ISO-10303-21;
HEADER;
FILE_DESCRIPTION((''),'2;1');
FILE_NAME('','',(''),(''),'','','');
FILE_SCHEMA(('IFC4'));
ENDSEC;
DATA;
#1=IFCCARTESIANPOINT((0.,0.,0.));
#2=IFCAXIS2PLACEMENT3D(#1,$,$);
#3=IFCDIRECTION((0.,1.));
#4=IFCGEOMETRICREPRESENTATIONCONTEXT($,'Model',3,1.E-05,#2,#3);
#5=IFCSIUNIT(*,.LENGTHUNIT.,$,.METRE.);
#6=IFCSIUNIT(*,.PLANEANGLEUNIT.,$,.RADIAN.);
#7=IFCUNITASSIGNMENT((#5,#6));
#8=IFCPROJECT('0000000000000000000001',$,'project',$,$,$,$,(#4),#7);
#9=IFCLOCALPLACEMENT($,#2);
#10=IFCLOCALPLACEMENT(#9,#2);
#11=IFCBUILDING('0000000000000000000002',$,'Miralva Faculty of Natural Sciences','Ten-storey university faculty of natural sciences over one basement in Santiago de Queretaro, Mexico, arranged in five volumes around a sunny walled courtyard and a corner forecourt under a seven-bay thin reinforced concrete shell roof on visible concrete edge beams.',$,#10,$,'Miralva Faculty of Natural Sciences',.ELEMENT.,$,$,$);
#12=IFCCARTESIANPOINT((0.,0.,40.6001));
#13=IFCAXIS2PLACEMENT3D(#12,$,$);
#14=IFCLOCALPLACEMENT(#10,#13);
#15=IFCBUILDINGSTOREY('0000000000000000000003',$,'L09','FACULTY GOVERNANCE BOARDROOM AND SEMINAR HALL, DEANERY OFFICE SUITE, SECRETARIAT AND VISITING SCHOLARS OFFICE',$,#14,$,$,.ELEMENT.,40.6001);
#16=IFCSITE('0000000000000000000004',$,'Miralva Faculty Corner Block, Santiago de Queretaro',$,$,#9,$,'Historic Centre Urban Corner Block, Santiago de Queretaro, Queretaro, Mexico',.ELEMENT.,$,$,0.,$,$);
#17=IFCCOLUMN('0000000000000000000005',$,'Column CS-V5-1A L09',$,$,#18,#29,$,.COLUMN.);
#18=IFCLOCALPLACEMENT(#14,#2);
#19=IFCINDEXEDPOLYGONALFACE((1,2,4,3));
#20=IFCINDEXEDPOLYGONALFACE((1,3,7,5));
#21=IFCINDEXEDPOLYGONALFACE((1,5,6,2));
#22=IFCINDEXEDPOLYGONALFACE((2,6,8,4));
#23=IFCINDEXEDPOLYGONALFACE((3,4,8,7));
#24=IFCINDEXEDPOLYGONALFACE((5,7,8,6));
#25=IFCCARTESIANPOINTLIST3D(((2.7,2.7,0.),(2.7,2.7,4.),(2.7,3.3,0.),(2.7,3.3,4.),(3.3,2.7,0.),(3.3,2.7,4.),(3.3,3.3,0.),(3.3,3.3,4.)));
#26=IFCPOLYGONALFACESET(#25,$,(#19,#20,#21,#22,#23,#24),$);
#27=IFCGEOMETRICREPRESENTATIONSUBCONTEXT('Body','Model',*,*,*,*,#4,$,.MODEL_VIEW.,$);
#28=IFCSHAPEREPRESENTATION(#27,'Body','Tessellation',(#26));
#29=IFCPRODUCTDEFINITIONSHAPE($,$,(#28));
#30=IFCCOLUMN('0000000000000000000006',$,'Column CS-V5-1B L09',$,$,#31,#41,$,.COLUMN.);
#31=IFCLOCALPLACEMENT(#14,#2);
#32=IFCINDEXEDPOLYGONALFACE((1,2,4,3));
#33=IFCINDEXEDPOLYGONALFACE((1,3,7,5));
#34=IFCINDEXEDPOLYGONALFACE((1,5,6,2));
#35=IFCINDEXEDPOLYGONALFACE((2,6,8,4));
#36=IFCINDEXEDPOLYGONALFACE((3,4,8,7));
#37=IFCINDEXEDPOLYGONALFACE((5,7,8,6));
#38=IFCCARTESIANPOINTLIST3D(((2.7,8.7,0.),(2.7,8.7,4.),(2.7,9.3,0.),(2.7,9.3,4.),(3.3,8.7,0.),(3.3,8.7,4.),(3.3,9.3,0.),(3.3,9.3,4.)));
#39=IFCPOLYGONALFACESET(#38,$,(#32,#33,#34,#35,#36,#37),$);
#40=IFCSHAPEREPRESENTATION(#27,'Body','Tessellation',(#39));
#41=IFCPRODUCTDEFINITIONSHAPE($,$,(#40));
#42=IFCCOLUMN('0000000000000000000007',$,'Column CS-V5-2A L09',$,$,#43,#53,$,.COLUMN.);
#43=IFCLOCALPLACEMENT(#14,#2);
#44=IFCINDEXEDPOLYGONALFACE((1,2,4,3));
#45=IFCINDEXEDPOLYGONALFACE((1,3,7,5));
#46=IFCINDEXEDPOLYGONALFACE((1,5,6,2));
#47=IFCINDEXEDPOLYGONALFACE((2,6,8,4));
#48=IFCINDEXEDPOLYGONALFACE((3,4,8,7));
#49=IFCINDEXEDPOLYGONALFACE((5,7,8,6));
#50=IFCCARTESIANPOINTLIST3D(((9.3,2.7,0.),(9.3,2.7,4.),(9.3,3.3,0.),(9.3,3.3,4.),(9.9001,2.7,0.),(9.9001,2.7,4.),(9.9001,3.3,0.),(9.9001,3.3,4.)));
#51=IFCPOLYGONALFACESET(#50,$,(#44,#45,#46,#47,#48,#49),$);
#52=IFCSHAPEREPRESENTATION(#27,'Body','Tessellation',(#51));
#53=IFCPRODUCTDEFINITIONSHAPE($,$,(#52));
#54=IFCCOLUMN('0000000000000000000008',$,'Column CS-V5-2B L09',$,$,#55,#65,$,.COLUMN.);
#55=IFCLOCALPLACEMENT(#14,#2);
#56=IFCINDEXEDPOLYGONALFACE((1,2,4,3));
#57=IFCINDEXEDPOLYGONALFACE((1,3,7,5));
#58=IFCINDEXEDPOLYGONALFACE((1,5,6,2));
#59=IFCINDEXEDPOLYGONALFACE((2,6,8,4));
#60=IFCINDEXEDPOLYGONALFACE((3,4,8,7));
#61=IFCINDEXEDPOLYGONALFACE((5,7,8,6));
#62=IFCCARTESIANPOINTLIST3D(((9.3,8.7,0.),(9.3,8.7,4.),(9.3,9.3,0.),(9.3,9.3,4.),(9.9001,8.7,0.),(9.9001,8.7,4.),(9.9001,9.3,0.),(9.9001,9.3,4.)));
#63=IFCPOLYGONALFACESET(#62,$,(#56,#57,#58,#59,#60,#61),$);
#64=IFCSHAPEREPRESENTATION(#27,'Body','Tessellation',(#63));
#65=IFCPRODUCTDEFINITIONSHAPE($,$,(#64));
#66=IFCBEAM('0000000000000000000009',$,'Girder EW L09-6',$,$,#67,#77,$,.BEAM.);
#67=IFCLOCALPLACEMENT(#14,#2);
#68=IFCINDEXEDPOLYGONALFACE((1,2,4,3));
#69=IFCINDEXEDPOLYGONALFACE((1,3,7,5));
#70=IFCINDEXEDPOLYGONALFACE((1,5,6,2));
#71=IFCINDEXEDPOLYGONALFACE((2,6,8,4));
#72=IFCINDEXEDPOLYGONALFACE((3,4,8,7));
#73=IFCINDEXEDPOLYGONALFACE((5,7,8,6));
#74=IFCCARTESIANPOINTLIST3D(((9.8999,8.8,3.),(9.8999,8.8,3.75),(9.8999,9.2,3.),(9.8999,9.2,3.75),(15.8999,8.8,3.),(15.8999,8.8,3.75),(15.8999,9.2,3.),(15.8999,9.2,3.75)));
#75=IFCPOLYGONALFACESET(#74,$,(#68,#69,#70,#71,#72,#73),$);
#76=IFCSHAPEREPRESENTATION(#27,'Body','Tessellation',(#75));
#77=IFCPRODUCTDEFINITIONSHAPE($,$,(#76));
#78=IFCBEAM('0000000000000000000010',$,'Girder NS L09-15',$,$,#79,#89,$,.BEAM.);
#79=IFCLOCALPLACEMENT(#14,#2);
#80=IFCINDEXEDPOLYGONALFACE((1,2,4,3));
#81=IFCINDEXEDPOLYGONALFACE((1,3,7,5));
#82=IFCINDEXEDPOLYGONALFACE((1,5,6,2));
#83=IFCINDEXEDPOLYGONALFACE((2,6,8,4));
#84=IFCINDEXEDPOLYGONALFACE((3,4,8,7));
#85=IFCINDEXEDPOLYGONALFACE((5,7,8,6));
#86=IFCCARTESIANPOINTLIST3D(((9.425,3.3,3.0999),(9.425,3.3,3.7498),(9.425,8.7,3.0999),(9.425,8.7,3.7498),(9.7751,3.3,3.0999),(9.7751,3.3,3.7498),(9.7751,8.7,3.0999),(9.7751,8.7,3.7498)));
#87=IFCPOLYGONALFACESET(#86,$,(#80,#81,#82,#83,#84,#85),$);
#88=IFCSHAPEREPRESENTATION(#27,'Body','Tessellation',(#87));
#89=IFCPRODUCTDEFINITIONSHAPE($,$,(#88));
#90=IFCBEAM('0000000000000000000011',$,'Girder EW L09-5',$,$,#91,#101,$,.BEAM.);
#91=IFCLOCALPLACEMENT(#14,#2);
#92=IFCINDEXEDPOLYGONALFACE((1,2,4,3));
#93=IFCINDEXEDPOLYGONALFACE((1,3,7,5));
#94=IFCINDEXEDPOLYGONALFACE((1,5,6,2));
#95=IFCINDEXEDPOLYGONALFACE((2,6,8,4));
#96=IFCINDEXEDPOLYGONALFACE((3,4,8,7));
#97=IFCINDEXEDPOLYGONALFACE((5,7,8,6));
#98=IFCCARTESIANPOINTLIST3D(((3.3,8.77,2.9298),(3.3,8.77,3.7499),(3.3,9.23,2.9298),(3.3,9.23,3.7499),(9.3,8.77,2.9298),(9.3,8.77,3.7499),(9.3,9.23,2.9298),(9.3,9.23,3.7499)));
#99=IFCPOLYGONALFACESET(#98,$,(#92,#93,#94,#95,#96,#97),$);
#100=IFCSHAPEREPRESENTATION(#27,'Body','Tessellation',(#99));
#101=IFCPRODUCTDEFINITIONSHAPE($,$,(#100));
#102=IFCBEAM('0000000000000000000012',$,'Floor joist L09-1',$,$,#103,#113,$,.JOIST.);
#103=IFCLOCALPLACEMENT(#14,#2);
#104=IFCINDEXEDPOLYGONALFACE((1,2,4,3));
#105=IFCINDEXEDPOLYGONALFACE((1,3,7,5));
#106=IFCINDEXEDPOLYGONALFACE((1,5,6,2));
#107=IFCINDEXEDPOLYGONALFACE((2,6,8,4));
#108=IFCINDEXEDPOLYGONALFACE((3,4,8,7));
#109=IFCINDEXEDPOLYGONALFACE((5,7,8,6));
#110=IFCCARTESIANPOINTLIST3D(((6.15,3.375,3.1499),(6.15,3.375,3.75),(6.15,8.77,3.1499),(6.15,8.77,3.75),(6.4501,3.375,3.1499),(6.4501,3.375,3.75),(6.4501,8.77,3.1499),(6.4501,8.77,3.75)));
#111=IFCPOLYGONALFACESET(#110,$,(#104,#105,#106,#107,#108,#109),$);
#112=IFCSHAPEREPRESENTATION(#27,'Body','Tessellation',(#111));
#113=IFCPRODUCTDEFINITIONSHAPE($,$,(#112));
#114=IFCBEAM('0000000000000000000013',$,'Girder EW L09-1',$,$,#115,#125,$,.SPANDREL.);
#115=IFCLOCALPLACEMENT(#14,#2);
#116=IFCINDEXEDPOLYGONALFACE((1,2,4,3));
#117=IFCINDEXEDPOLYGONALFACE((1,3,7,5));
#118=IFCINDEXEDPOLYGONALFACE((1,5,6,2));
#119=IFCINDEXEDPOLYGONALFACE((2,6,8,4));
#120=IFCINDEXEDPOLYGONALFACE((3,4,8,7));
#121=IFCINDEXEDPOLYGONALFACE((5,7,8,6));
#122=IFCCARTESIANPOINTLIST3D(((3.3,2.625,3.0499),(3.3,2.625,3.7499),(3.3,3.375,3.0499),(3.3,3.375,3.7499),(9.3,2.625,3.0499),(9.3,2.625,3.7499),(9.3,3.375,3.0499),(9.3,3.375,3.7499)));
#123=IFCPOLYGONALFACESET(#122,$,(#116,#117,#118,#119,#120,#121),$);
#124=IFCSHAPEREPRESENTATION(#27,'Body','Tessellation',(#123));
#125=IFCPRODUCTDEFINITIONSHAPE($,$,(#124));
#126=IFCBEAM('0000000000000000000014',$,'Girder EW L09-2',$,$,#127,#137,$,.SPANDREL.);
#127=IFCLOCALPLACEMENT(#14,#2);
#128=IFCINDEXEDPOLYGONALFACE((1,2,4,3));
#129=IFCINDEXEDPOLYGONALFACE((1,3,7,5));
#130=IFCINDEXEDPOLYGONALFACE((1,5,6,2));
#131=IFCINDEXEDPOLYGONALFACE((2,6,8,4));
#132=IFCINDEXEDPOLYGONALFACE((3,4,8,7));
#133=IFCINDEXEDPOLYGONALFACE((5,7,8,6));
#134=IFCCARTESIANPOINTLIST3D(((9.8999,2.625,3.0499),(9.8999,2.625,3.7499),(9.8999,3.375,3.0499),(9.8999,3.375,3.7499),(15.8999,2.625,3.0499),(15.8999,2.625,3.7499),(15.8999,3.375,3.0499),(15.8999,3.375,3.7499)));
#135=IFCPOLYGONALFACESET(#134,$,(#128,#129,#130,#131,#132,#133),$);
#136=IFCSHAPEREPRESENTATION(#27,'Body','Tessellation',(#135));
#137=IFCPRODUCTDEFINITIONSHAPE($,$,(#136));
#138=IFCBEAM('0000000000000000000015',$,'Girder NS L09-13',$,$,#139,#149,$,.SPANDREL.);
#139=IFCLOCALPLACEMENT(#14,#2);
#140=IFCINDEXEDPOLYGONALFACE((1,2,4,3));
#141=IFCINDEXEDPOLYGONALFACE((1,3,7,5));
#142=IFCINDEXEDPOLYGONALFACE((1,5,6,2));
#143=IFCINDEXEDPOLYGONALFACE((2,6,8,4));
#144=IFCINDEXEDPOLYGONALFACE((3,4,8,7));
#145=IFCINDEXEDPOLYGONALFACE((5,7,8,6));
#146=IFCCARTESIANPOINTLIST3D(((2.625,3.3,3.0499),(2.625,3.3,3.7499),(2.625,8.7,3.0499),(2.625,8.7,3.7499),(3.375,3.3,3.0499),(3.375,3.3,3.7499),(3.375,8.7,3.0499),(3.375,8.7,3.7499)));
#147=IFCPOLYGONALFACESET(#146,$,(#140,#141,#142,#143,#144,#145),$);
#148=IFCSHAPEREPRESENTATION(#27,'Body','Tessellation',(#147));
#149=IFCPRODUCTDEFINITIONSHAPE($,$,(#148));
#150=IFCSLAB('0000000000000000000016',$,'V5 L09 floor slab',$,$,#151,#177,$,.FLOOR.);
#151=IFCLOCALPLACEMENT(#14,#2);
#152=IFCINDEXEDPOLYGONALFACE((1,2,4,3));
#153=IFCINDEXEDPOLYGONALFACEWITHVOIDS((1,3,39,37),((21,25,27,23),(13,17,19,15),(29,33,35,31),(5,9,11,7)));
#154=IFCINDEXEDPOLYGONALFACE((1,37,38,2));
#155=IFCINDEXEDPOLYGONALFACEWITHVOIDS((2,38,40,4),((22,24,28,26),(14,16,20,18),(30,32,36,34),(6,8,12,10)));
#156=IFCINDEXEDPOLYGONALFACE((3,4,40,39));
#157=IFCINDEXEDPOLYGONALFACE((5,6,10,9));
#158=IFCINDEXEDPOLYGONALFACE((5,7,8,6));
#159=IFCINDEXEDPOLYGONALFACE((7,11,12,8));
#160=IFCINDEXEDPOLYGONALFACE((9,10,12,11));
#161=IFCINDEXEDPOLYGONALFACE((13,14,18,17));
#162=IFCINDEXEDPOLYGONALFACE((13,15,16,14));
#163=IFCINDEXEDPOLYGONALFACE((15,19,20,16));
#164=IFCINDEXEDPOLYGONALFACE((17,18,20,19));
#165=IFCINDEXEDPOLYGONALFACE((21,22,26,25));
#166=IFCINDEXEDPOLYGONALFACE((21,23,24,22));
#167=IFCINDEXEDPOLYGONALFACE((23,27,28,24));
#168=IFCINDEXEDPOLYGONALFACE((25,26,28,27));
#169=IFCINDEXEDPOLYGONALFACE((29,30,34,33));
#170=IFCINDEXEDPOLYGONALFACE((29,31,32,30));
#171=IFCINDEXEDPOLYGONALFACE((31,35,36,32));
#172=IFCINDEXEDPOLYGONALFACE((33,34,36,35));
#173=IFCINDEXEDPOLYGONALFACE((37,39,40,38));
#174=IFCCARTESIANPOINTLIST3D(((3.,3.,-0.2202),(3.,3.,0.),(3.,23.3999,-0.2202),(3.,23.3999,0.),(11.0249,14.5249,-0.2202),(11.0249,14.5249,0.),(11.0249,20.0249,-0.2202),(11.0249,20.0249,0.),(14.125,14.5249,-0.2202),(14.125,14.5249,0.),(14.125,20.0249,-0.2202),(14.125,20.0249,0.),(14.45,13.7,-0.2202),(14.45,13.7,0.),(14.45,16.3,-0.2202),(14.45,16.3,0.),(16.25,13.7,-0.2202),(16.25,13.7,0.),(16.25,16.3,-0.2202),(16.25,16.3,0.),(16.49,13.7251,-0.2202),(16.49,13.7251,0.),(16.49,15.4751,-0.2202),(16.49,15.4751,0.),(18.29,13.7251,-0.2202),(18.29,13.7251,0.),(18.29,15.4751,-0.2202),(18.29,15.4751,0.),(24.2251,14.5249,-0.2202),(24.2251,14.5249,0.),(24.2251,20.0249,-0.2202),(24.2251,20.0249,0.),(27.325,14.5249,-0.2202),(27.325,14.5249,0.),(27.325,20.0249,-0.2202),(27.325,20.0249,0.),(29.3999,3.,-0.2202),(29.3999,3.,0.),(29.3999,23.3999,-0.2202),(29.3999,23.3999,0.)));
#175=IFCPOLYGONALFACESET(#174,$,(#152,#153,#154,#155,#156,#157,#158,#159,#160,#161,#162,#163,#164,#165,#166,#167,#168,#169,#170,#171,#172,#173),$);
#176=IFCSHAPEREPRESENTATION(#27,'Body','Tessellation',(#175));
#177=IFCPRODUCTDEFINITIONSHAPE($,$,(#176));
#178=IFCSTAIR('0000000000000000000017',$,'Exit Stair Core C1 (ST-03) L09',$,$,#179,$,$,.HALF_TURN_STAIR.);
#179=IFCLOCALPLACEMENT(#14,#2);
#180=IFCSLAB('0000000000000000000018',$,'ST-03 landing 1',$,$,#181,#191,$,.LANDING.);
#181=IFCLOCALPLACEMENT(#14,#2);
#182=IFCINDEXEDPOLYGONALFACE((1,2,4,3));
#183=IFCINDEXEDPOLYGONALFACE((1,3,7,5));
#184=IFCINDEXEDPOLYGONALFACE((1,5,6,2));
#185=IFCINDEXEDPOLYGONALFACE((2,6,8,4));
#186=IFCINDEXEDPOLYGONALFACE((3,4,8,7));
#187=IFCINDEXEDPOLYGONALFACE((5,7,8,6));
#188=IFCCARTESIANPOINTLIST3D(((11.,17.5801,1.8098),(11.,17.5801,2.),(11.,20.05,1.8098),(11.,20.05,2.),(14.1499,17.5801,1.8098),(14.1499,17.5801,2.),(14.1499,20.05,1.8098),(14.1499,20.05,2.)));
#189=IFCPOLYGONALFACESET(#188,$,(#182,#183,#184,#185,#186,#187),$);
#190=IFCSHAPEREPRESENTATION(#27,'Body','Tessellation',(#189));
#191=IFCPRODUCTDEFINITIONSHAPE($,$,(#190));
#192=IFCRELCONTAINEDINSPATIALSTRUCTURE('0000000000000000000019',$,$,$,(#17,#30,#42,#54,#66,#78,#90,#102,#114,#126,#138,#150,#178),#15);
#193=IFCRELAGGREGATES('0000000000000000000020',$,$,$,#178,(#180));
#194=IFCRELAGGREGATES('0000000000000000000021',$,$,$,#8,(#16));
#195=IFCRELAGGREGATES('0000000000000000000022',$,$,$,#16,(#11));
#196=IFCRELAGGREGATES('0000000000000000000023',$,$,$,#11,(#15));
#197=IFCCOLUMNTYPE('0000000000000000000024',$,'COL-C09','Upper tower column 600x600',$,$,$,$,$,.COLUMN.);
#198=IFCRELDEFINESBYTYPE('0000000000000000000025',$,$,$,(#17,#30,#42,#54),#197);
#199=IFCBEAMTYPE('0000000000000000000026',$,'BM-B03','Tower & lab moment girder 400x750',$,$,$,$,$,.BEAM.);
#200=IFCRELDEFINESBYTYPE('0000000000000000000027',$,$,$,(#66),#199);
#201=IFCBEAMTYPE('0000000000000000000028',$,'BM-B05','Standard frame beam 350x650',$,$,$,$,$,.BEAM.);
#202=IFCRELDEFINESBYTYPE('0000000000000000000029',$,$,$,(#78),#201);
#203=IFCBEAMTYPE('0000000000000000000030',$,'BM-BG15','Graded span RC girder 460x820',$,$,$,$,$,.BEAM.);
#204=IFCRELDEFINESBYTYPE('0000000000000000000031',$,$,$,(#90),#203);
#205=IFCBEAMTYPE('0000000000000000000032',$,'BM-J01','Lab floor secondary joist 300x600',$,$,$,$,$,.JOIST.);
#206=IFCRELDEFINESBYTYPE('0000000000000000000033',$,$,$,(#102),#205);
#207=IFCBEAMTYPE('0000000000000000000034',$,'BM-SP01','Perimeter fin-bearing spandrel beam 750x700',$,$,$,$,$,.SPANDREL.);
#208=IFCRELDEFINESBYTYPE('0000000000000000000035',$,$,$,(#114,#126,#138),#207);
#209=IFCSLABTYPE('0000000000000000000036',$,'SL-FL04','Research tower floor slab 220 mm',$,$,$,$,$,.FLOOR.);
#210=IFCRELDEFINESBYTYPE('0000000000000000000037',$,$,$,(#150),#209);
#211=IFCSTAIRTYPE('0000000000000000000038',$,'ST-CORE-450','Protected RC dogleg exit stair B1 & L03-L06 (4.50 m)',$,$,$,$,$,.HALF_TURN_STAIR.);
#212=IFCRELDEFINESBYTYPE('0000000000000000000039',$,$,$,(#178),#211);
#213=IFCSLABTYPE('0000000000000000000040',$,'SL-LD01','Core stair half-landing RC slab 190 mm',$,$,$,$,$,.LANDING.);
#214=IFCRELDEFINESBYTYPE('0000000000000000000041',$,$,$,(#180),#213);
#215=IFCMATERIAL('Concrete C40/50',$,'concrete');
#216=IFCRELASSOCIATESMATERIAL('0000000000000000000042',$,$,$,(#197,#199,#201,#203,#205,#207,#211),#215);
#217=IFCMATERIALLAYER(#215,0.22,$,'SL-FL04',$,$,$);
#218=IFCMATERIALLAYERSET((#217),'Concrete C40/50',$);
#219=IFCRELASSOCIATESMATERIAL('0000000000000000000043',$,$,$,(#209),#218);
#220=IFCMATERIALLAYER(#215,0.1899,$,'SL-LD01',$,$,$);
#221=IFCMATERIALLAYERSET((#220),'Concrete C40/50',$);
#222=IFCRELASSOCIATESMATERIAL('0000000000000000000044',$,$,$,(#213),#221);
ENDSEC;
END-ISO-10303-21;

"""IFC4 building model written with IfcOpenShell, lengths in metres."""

from ifc_helpers import new_model, si_unit, direction, frame, origin, origin_2d, place, context, subcontext, project, spatial, polyline, rectangle, outline, extrude, material, layer, layer_set, material_profile, profile_set, type_object, element, aggregate, save


model = new_model("IFC4")

# Units and contexts
model_context = context("Model", 3, precision=1e-05, world=origin(), true_north=direction((0.0, 1.0)))
body_context = subcontext(model_context, "Body", "Model", "MODEL_VIEW")
ifc_project = project(units=[si_unit("LENGTHUNIT", "METRE"), si_unit("PLANEANGLEUNIT", "RADIAN")], contexts=[model_context])

# Site, building, storey
site_placement = place(None, origin())
site = spatial("IfcSite", under=ifc_project, at=site_placement, Name="Miralva Faculty Corner Block, Santiago de Queretaro", LongName="Historic Centre Urban Corner Block, Santiago de Queretaro, Queretaro, Mexico", CompositionType="ELEMENT", RefElevation=0.0)
building_placement = place(site_placement, origin())
building = spatial("IfcBuilding", under=site, at=building_placement, Name="Miralva Faculty of Natural Sciences", Description="Ten-storey university faculty of natural sciences over one basement in Santiago de Queretaro, Mexico, arranged in five volumes around a sunny walled courtyard and a corner forecourt under a seven-bay thin reinforced concrete shell roof on visible concrete edge beams.", LongName="Miralva Faculty of Natural Sciences", CompositionType="ELEMENT")
storey_placement = place(building_placement, frame((0.0, 0.0, 40.6001)))
storey = spatial("IfcBuildingStorey", under=building, at=storey_placement, Name="L09", Description="FACULTY GOVERNANCE BOARDROOM AND SEMINAR HALL, DEANERY OFFICE SUITE, SECRETARIAT AND VISITING SCHOLARS OFFICE", CompositionType="ELEMENT", Elevation=40.6001)

# Columns
ifc_material_1 = material(Name="Concrete C40/50", Category="concrete")
ifc_material_profile_1 = material_profile(ifc_material_1, rectangle(XDim=0.6001, YDim=0.6001, at=origin_2d()), Name="RC 600x600")
ifc_profile_set_1 = profile_set([ifc_material_profile_1], Name="Concrete C40/50")
column_type = type_object("IfcColumnType", Name="COL-C09", Description="Upper tower column 600x600", PredefinedType="COLUMN", material=ifc_profile_set_1)
for number, where, z_axis, x_axis, name in (
    (1, (3.0, 3.0, 0.0), (0.0, 0.0, 1.0), (1.0, 0.0, 0.0), "Column CS-V5-1A L09"),
    (2, (3.0, 9.0, 0.0), (0.0, 0.0, 1.0), (1.0, 0.0, 0.0), "Column CS-V5-1B L09"),
    (3, (9.6001, 3.0, 0.0), (0.0, 0.0, 1.0), (1.0, 0.0, 0.0), "Column CS-V5-2A L09"),
    (4, (9.6001, 9.0, 0.0), (0.0, 0.0, 1.0), (1.0, 0.0, 0.0), "Column CS-V5-2B L09"),
):
    element("IfcColumn", number, at=place(storey_placement, frame(where, z_axis=z_axis, x_axis=x_axis)), inside=storey, type_object=column_type, Name=name, PredefinedType="COLUMN", context=body_context, shape_type="SweptSolid", body=[
        extrude(rectangle(XDim=0.6001, YDim=0.6001, at=origin_2d()), origin(), (0.0, 0.0, 1.0), 4.0),
    ])

# Beams
ifc_material_profile_2 = material_profile(ifc_material_1, rectangle(XDim=0.3999, YDim=0.75, at=origin_2d()), Name="RC 400x750")
ifc_profile_set_2 = profile_set([ifc_material_profile_2], Name="Concrete C40/50")
beam_type_1 = type_object("IfcBeamType", Name="BM-B03", Description="Tower & lab moment girder 400x750", PredefinedType="BEAM", material=ifc_profile_set_2)
beam_1_placement = place(storey_placement, frame((9.8999, 9.0, 3.375), z_axis=(1.0, 0.0, 0.0), x_axis=(0.0, 1.0, 0.0)))
element("IfcBeam", 5, at=beam_1_placement, inside=storey, type_object=beam_type_1, Name="Girder EW L09-6", PredefinedType="BEAM", context=body_context, shape_type="SweptSolid", body=[
    extrude(rectangle(XDim=0.3999, YDim=0.75, at=origin_2d()), origin(), (0.0, 0.0, 1.0), 6.0),
])
ifc_material_profile_3 = material_profile(ifc_material_1, rectangle(XDim=0.3501, YDim=0.6499, at=origin_2d()), Name="RC 350x650")
ifc_profile_set_3 = profile_set([ifc_material_profile_3], Name="Concrete C40/50")
beam_type_2 = type_object("IfcBeamType", Name="BM-B05", Description="Standard frame beam 350x650", PredefinedType="BEAM", material=ifc_profile_set_3)
beam_2_placement = place(storey_placement, frame((9.6001, 3.3, 3.4248), z_axis=(0.0, 1.0, 0.0), x_axis=(-1.0, 0.0, 0.0)))
element("IfcBeam", 6, at=beam_2_placement, inside=storey, type_object=beam_type_2, Name="Girder NS L09-15", PredefinedType="BEAM", context=body_context, shape_type="SweptSolid", body=[
    extrude(rectangle(XDim=0.3501, YDim=0.6499, at=origin_2d()), origin(), (0.0, 0.0, 1.0), 5.3999),
])
ifc_material_profile_4 = material_profile(ifc_material_1, rectangle(XDim=0.46, YDim=0.8201, at=origin_2d()), Name="RC 460x820")
ifc_profile_set_4 = profile_set([ifc_material_profile_4], Name="Concrete C40/50")
beam_type_3 = type_object("IfcBeamType", Name="BM-BG15", Description="Graded span RC girder 460x820", PredefinedType="BEAM", material=ifc_profile_set_4)
beam_3_placement = place(storey_placement, frame((3.3, 9.0, 3.3398), z_axis=(1.0, 0.0, 0.0), x_axis=(0.0, 1.0, 0.0)))
element("IfcBeam", 7, at=beam_3_placement, inside=storey, type_object=beam_type_3, Name="Girder EW L09-5", PredefinedType="BEAM", context=body_context, shape_type="SweptSolid", body=[
    extrude(rectangle(XDim=0.46, YDim=0.8201, at=origin_2d()), origin(), (0.0, 0.0, 1.0), 6.0),
])
ifc_material_profile_5 = material_profile(ifc_material_1, rectangle(XDim=0.3, YDim=0.6001, at=origin_2d()), Name="RC 300x600")
ifc_profile_set_5 = profile_set([ifc_material_profile_5], Name="Concrete C40/50")
beam_type_4 = type_object("IfcBeamType", Name="BM-J01", Description="Lab floor secondary joist 300x600", PredefinedType="JOIST", material=ifc_profile_set_5)
beam_4_placement = place(storey_placement, frame((6.3, 3.375, 3.45), z_axis=(0.0, 1.0, 0.0), x_axis=(-1.0, 0.0, 0.0)))
element("IfcBeam", 8, at=beam_4_placement, inside=storey, type_object=beam_type_4, Name="Floor joist L09-1", PredefinedType="JOIST", context=body_context, shape_type="SweptSolid", body=[
    extrude(rectangle(XDim=0.3, YDim=0.6001, at=origin_2d()), origin(), (0.0, 0.0, 1.0), 5.395),
])
ifc_material_profile_6 = material_profile(ifc_material_1, rectangle(XDim=0.75, YDim=0.7, at=origin_2d()), Name="RC 750x700")
ifc_profile_set_6 = profile_set([ifc_material_profile_6], Name="Concrete C40/50")
beam_type_5 = type_object("IfcBeamType", Name="BM-SP01", Description="Perimeter fin-bearing spandrel beam 750x700", PredefinedType="SPANDREL", material=ifc_profile_set_6)
for number, where, z_axis, x_axis, name in (
    (9, (3.3, 3.0, 3.3999), (1.0, 0.0, 0.0), (0.0, 1.0, 0.0), "Girder EW L09-1"),
    (10, (9.8999, 3.0, 3.3999), (1.0, 0.0, 0.0), (0.0, 1.0, 0.0), "Girder EW L09-2"),
):
    element("IfcBeam", number, at=place(storey_placement, frame(where, z_axis=z_axis, x_axis=x_axis)), inside=storey, type_object=beam_type_5, Name=name, PredefinedType="SPANDREL", context=body_context, shape_type="SweptSolid", body=[
        extrude(rectangle(XDim=0.75, YDim=0.7, at=origin_2d()), origin(), (0.0, 0.0, 1.0), 6.0),
    ])
beam_5_placement = place(storey_placement, frame((3.0, 3.3, 3.3999), z_axis=(0.0, 1.0, 0.0), x_axis=(-1.0, 0.0, 0.0)))
element("IfcBeam", 11, at=beam_5_placement, inside=storey, type_object=beam_type_5, Name="Girder NS L09-13", PredefinedType="SPANDREL", context=body_context, shape_type="SweptSolid", body=[
    extrude(rectangle(XDim=0.75, YDim=0.7, at=origin_2d()), origin(), (0.0, 0.0, 1.0), 5.3999),
])

# Slab
ifc_layer_1 = layer(ifc_material_1, 0.22, Name="SL-FL04")
ifc_layer_set_1 = layer_set([ifc_layer_1], Name="Concrete C40/50")
slab_type_1 = type_object("IfcSlabType", Name="SL-FL04", Description="Research tower floor slab 220 mm", PredefinedType="FLOOR", material=ifc_layer_set_1)
slab_1_placement = place(storey_placement, frame((0.0, 0.0, -0.2202)))
element("IfcSlab", 12, at=slab_1_placement, inside=storey, type_object=slab_type_1, Name="V5 L09 floor slab", PredefinedType="FLOOR", context=body_context, shape_type="SweptSolid", body=[
    extrude(outline(polyline([(29.3999, 3.0), (3.0, 3.0), (3.0, 23.3999), (29.3999, 23.3999), (29.3999, 3.0)]), holes=[polyline([(14.125, 14.5249), (11.0249, 14.5249), (11.0249, 20.0249), (14.125, 20.0249), (14.125, 14.5249)]), polyline([(16.25, 13.7), (14.45, 13.7), (14.45, 16.3), (16.25, 16.3), (16.25, 13.7)]), polyline([(18.29, 13.7251), (16.49, 13.7251), (16.49, 15.4751), (18.29, 15.4751), (18.29, 13.7251)]), polyline([(27.325, 14.5249), (24.2251, 14.5249), (24.2251, 20.0249), (27.325, 20.0249), (27.325, 14.5249)])]), origin(), (0.0, 0.0, 1.0), 0.2202),
])

# Stair, slab
stair_type = type_object("IfcStairType", Name="ST-CORE-450", Description="Protected RC dogleg exit stair B1 & L03-L06 (4.50 m)", PredefinedType="HALF_TURN_STAIR", material=ifc_material_1)
stair_1_placement = place(storey_placement, origin())
stair_1 = element("IfcStair", 13, at=stair_1_placement, inside=storey, type_object=stair_type, Name="Exit Stair Core C1 (ST-03) L09", PredefinedType="HALF_TURN_STAIR")
ifc_layer_2 = layer(ifc_material_1, 0.1899, Name="SL-LD01")
ifc_layer_set_2 = layer_set([ifc_layer_2], Name="Concrete C40/50")
slab_type_2 = type_object("IfcSlabType", Name="SL-LD01", Description="Core stair half-landing RC slab 190 mm", PredefinedType="LANDING", material=ifc_layer_set_2)
slab_2_placement = place(storey_placement, frame((0.0, 0.0, 1.8098)))
slab_2 = element("IfcSlab", 14, at=slab_2_placement, type_object=slab_type_2, Name="ST-03 landing 1", PredefinedType="LANDING", context=body_context, shape_type="SweptSolid", body=[
    extrude(outline(polyline([(14.1499, 17.5801), (14.1499, 20.05), (11.0, 20.05), (11.0, 17.5801), (14.1499, 17.5801)])), origin(), (0.0, 0.0, 1.0), 0.1902),
])
aggregate(stair_1, [slab_2])

save(model, "model.ifc")
